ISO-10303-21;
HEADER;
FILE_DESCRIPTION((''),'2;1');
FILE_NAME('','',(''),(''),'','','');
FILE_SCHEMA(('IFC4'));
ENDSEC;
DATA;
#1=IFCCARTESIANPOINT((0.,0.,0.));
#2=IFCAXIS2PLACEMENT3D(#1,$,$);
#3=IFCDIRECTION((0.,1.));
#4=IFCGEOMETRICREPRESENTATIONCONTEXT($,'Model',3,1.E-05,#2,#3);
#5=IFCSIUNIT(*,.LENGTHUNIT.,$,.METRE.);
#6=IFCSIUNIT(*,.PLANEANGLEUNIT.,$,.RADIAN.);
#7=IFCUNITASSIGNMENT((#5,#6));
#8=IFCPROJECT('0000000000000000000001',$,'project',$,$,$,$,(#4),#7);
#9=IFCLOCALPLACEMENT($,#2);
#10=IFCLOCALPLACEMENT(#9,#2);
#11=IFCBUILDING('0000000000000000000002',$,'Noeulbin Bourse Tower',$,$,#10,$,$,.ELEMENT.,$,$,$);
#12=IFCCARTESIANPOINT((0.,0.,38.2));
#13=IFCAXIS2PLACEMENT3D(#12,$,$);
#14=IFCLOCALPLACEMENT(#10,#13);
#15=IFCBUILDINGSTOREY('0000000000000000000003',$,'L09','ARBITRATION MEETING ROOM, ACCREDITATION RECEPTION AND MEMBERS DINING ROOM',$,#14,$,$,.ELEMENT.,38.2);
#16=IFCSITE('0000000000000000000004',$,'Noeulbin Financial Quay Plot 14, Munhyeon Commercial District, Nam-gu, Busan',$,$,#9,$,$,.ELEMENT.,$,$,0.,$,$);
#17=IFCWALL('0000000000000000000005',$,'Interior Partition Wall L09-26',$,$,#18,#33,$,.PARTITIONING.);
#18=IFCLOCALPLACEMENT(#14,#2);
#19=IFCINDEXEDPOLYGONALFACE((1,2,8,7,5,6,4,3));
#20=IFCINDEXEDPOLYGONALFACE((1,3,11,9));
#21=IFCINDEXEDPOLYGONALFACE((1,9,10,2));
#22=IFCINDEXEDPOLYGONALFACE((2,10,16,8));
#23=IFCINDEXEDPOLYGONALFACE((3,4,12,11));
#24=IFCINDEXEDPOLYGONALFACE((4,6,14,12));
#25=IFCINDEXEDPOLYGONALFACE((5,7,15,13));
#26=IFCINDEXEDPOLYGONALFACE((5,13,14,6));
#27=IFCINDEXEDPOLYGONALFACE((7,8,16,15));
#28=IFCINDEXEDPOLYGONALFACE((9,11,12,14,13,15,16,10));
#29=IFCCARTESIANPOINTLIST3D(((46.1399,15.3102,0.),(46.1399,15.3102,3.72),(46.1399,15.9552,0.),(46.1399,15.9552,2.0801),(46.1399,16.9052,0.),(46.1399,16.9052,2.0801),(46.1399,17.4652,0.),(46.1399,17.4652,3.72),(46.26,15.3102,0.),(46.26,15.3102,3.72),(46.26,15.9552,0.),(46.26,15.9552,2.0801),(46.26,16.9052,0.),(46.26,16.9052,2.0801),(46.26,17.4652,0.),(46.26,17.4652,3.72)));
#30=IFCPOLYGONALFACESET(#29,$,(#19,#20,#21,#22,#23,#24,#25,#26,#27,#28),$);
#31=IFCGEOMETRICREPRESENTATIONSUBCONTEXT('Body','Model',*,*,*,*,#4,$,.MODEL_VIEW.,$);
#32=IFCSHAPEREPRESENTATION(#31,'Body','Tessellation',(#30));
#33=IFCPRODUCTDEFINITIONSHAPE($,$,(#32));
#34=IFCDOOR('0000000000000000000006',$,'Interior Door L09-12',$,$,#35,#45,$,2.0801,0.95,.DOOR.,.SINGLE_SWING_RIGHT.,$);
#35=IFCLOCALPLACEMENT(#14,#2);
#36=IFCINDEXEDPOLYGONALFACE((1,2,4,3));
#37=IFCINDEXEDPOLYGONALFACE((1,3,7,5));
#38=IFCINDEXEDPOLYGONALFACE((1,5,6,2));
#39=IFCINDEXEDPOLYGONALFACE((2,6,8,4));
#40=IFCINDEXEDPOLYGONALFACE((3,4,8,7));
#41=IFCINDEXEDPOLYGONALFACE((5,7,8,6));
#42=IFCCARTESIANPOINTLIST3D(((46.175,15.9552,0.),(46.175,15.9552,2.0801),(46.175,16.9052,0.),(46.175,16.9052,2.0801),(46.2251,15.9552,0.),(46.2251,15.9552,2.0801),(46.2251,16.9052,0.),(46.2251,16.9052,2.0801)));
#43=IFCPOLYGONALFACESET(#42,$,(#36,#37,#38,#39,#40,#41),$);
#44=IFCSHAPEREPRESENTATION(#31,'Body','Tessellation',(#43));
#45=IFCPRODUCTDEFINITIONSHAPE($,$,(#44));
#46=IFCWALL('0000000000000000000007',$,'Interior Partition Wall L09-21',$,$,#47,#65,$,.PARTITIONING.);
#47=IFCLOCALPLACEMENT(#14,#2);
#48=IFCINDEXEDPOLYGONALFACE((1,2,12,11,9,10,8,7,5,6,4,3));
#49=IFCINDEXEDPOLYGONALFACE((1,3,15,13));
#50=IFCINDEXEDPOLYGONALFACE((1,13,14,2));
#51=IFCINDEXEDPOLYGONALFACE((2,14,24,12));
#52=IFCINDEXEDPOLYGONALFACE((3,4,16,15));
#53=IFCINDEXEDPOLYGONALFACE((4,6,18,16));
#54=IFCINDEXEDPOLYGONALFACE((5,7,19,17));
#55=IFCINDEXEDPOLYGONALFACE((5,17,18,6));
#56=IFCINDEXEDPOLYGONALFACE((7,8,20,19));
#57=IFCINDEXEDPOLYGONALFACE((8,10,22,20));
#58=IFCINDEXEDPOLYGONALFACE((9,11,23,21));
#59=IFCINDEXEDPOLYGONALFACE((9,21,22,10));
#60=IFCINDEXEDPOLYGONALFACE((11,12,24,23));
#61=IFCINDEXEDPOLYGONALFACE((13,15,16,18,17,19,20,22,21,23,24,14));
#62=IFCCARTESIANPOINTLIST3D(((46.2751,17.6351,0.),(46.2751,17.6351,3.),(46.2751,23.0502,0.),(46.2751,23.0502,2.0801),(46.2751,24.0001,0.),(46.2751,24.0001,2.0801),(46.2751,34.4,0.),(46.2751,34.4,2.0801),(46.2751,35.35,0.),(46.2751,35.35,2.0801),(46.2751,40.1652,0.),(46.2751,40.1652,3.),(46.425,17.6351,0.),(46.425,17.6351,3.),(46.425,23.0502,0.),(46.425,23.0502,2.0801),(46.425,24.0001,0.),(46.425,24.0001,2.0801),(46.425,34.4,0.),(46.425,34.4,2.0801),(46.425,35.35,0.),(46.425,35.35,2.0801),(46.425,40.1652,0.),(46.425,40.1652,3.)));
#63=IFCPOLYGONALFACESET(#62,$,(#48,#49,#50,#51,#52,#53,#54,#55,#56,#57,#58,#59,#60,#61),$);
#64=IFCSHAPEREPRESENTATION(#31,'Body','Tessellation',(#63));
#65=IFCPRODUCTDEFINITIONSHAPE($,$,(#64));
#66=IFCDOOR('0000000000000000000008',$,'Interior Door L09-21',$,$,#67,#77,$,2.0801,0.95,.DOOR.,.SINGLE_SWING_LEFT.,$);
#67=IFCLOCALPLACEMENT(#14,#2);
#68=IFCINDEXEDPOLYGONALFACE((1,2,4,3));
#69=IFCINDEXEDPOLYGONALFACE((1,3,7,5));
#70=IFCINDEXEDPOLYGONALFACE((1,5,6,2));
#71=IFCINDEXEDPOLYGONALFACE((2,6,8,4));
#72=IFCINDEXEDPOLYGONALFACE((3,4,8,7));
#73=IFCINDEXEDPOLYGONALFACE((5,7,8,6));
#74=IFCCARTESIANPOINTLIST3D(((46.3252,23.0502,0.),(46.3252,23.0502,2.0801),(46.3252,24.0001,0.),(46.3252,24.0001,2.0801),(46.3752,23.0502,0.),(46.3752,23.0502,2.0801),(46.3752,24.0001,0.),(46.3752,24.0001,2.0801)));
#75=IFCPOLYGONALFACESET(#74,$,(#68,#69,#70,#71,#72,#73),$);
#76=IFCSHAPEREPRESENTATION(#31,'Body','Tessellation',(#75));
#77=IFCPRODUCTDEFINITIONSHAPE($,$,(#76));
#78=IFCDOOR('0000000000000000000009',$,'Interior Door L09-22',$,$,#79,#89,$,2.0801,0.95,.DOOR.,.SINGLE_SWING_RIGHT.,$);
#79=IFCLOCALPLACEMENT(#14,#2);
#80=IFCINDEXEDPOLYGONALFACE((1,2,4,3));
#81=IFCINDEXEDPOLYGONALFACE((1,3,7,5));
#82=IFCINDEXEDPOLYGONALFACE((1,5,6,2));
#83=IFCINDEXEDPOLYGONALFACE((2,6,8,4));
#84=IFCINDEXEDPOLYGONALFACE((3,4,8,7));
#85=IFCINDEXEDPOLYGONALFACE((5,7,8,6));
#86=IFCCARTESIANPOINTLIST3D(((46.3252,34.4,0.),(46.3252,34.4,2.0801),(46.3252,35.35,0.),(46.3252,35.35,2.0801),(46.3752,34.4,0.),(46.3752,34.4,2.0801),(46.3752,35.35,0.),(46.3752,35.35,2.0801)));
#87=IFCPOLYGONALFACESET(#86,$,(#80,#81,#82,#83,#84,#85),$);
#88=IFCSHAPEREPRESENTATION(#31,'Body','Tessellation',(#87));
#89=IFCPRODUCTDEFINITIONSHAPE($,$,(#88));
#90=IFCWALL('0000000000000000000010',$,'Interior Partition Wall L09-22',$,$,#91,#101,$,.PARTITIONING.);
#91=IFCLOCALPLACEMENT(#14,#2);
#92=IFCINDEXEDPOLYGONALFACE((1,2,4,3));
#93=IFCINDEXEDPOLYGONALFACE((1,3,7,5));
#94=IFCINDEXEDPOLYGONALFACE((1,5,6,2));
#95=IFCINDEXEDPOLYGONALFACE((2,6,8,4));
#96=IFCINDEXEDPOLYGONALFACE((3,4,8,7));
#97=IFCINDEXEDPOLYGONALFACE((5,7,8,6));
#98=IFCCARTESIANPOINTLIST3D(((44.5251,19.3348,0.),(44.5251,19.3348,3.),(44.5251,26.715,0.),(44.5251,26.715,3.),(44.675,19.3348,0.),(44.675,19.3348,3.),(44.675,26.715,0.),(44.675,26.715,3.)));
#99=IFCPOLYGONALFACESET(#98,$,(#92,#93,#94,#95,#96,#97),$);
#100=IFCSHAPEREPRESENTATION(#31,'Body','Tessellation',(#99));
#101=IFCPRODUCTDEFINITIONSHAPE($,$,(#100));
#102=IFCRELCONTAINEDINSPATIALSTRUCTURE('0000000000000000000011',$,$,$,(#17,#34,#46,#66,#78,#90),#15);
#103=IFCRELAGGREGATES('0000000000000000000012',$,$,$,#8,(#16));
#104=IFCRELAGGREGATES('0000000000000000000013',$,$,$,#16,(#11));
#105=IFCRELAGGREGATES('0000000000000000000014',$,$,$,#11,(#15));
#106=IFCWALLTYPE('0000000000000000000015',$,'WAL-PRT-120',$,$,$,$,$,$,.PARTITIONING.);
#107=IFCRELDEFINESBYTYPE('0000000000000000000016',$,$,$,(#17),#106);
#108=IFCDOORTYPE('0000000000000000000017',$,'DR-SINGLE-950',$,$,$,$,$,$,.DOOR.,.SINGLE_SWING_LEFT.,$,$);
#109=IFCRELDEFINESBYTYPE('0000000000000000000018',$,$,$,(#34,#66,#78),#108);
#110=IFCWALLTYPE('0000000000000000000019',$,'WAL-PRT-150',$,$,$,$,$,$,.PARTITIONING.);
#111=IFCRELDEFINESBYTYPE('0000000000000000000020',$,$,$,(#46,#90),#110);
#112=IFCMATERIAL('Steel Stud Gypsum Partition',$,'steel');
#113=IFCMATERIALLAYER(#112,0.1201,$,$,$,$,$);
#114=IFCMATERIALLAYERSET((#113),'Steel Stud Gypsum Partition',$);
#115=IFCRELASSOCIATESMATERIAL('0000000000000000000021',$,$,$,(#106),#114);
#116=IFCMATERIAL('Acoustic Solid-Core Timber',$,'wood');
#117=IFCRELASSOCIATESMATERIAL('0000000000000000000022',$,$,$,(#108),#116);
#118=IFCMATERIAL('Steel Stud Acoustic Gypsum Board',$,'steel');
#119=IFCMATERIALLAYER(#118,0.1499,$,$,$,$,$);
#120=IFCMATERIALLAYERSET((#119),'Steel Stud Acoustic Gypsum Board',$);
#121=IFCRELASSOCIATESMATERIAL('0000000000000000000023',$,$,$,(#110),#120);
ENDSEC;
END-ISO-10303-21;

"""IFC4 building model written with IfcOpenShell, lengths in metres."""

from ifc_helpers import new_model, si_unit, direction, frame, frame_2d, origin, place, context, subcontext, project, spatial, rectangle, extrude, material, layer, layer_set, type_object, element, fill, save


model = new_model("IFC4")

# Units and contexts
model_context = context("Model", 3, precision=1e-05, world=origin(), true_north=direction((0.0, 1.0)))
body_context = subcontext(model_context, "Body", "Model", "MODEL_VIEW")
ifc_project = project(units=[si_unit("LENGTHUNIT", "METRE"), si_unit("PLANEANGLEUNIT", "RADIAN")], contexts=[model_context])

# Site, building, storey
site_placement = place(None, origin())
site = spatial("IfcSite", under=ifc_project, at=site_placement, Name="Noeulbin Financial Quay Plot 14, Munhyeon Commercial District, Nam-gu, Busan", CompositionType="ELEMENT", RefElevation=0.0)
building_placement = place(site_placement, origin())
building = spatial("IfcBuilding", under=site, at=building_placement, Name="Noeulbin Bourse Tower", CompositionType="ELEMENT")
storey_placement = place(building_placement, frame((0.0, 0.0, 38.2)))
storey = spatial("IfcBuildingStorey", under=building, at=storey_placement, Name="L09", Description="ARBITRATION MEETING ROOM, ACCREDITATION RECEPTION AND MEMBERS DINING ROOM", CompositionType="ELEMENT", Elevation=38.2)

# Wall, opening, door
ifc_material_1 = material(Name="Steel Stud Gypsum Partition", Category="steel")
ifc_layer_1 = layer(ifc_material_1, 0.1201)
ifc_layer_set_1 = layer_set([ifc_layer_1], Name="Steel Stud Gypsum Partition")
wall_type_1 = type_object("IfcWallType", Name="WAL-PRT-120", PredefinedType="PARTITIONING", material=ifc_layer_set_1)
wall_1_placement = place(storey_placement, frame((46.2, 15.3101, 0.0), z_axis=(0.0, 0.0, 1.0), x_axis=(0.0, 1.0, 0.0)))
wall_1 = element("IfcWall", 1, at=wall_1_placement, inside=storey, type_object=wall_type_1, Name="Interior Partition Wall L09-26", PredefinedType="PARTITIONING", context=body_context, shape_type="SweptSolid", body=[
    extrude(rectangle(XDim=2.155, YDim=0.1201, at=frame_2d((1.0776, 0.0))), origin(), (0.0, 0.0, 1.0), 3.72),
])
opening_1_placement = place(wall_1_placement, frame((0.645, 0.0, 0.0)))
opening_1 = element("IfcOpeningElement", 2, at=opening_1_placement, cuts=wall_1, PredefinedType="OPENING", context=body_context, shape_type="SweptSolid", body=[
    extrude(rectangle(XDim=0.95, YDim=2.0801, at=frame_2d((0.4751, 1.04))), frame((0.0, 0.0701, 0.0), z_axis=(0.0, -1.0, 0.0), x_axis=(1.0, 0.0, 0.0)), (0.0, 0.0, 1.0), 0.1401),
])
ifc_material_2 = material(Name="Acoustic Solid-Core Timber", Category="wood")
door_type = type_object("IfcDoorType", Name="DR-SINGLE-950", OperationType="SINGLE_SWING_LEFT", PredefinedType="DOOR", material=ifc_material_2)
door_1_placement = place(opening_1_placement, origin())
door_1 = element("IfcDoor", 3, at=door_1_placement, inside=storey, type_object=door_type, Name="Interior Door L09-12", OperationType="SINGLE_SWING_RIGHT", OverallHeight=2.0801, OverallWidth=0.95, PredefinedType="DOOR", context=body_context, shape_type="SweptSolid", body=[
    extrude(rectangle(XDim=0.95, YDim=2.0801, at=frame_2d((0.4751, 1.04))), frame((0.0, 0.0249, 0.0), z_axis=(0.0, -1.0, 0.0), x_axis=(1.0, 0.0, 0.0)), (0.0, 0.0, 1.0), 0.05),
])
fill(opening_1, door_1)

# Wall, openings, doors
ifc_material_3 = material(Name="Steel Stud Acoustic Gypsum Board", Category="steel")
ifc_layer_2 = layer(ifc_material_3, 0.1499)
ifc_layer_set_2 = layer_set([ifc_layer_2], Name="Steel Stud Acoustic Gypsum Board")
wall_type_2 = type_object("IfcWallType", Name="WAL-PRT-150", PredefinedType="PARTITIONING", material=ifc_layer_set_2)
wall_2_placement = place(storey_placement, frame((46.3501, 17.635, 0.0), z_axis=(0.0, 0.0, 1.0), x_axis=(0.0, 1.0, 0.0)))
wall_2 = element("IfcWall", 4, at=wall_2_placement, inside=storey, type_object=wall_type_2, Name="Interior Partition Wall L09-21", PredefinedType="PARTITIONING", context=body_context, shape_type="SweptSolid", body=[
    extrude(rectangle(XDim=22.53, YDim=0.1499, at=frame_2d((11.2651, 0.0))), origin(), (0.0, 0.0, 1.0), 3.0),
])
opening_2_placement = place(wall_2_placement, frame((5.415, 0.0, 0.0)))
opening_2 = element("IfcOpeningElement", 5, at=opening_2_placement, cuts=wall_2, PredefinedType="OPENING", context=body_context, shape_type="SweptSolid", body=[
    extrude(rectangle(XDim=0.95, YDim=2.0801, at=frame_2d((0.4751, 1.04))), frame((0.0, 0.085, 0.0), z_axis=(0.0, -1.0, 0.0), x_axis=(1.0, 0.0, 0.0)), (0.0, 0.0, 1.0), 0.1699),
])
opening_3_placement = place(wall_2_placement, frame((16.7649, 0.0, 0.0)))
opening_3 = element("IfcOpeningElement", 6, at=opening_3_placement, cuts=wall_2, PredefinedType="OPENING", context=body_context, shape_type="SweptSolid", body=[
    extrude(rectangle(XDim=0.95, YDim=2.0801, at=frame_2d((0.4751, 1.04))), frame((0.0, 0.085, 0.0), z_axis=(0.0, -1.0, 0.0), x_axis=(1.0, 0.0, 0.0)), (0.0, 0.0, 1.0), 0.1699),
])
door_2_placement = place(opening_2_placement, origin())
door_2 = element("IfcDoor", 7, at=door_2_placement, inside=storey, type_object=door_type, Name="Interior Door L09-21", OperationType="SINGLE_SWING_LEFT", OverallHeight=2.0801, OverallWidth=0.95, PredefinedType="DOOR", context=body_context, shape_type="SweptSolid", body=[
    extrude(rectangle(XDim=0.95, YDim=2.0801, at=frame_2d((0.4751, 1.04))), frame((0.0, 0.0249, 0.0), z_axis=(0.0, -1.0, 0.0), x_axis=(1.0, 0.0, 0.0)), (0.0, 0.0, 1.0), 0.05),
])
fill(opening_2, door_2)
door_3_placement = place(opening_3_placement, origin())
door_3 = element("IfcDoor", 8, at=door_3_placement, inside=storey, type_object=door_type, Name="Interior Door L09-22", OperationType="SINGLE_SWING_RIGHT", OverallHeight=2.0801, OverallWidth=0.95, PredefinedType="DOOR", context=body_context, shape_type="SweptSolid", body=[
    extrude(rectangle(XDim=0.95, YDim=2.0801, at=frame_2d((0.4751, 1.04))), frame((0.0, 0.0249, 0.0), z_axis=(0.0, -1.0, 0.0), x_axis=(1.0, 0.0, 0.0)), (0.0, 0.0, 1.0), 0.05),
])
fill(opening_3, door_3)

# Wall
wall_3_placement = place(storey_placement, frame((44.6001, 19.335, 0.0), z_axis=(0.0, 0.0, 1.0), x_axis=(0.0, 1.0, 0.0)))
element("IfcWall", 9, at=wall_3_placement, inside=storey, type_object=wall_type_2, Name="Interior Partition Wall L09-22", PredefinedType="PARTITIONING", context=body_context, shape_type="SweptSolid", body=[
    extrude(rectangle(XDim=7.3801, YDim=0.1499, at=frame_2d((3.6899, 0.0))), origin(), (0.0, 0.0, 1.0), 3.0),
])

save(model, "model.ifc")
